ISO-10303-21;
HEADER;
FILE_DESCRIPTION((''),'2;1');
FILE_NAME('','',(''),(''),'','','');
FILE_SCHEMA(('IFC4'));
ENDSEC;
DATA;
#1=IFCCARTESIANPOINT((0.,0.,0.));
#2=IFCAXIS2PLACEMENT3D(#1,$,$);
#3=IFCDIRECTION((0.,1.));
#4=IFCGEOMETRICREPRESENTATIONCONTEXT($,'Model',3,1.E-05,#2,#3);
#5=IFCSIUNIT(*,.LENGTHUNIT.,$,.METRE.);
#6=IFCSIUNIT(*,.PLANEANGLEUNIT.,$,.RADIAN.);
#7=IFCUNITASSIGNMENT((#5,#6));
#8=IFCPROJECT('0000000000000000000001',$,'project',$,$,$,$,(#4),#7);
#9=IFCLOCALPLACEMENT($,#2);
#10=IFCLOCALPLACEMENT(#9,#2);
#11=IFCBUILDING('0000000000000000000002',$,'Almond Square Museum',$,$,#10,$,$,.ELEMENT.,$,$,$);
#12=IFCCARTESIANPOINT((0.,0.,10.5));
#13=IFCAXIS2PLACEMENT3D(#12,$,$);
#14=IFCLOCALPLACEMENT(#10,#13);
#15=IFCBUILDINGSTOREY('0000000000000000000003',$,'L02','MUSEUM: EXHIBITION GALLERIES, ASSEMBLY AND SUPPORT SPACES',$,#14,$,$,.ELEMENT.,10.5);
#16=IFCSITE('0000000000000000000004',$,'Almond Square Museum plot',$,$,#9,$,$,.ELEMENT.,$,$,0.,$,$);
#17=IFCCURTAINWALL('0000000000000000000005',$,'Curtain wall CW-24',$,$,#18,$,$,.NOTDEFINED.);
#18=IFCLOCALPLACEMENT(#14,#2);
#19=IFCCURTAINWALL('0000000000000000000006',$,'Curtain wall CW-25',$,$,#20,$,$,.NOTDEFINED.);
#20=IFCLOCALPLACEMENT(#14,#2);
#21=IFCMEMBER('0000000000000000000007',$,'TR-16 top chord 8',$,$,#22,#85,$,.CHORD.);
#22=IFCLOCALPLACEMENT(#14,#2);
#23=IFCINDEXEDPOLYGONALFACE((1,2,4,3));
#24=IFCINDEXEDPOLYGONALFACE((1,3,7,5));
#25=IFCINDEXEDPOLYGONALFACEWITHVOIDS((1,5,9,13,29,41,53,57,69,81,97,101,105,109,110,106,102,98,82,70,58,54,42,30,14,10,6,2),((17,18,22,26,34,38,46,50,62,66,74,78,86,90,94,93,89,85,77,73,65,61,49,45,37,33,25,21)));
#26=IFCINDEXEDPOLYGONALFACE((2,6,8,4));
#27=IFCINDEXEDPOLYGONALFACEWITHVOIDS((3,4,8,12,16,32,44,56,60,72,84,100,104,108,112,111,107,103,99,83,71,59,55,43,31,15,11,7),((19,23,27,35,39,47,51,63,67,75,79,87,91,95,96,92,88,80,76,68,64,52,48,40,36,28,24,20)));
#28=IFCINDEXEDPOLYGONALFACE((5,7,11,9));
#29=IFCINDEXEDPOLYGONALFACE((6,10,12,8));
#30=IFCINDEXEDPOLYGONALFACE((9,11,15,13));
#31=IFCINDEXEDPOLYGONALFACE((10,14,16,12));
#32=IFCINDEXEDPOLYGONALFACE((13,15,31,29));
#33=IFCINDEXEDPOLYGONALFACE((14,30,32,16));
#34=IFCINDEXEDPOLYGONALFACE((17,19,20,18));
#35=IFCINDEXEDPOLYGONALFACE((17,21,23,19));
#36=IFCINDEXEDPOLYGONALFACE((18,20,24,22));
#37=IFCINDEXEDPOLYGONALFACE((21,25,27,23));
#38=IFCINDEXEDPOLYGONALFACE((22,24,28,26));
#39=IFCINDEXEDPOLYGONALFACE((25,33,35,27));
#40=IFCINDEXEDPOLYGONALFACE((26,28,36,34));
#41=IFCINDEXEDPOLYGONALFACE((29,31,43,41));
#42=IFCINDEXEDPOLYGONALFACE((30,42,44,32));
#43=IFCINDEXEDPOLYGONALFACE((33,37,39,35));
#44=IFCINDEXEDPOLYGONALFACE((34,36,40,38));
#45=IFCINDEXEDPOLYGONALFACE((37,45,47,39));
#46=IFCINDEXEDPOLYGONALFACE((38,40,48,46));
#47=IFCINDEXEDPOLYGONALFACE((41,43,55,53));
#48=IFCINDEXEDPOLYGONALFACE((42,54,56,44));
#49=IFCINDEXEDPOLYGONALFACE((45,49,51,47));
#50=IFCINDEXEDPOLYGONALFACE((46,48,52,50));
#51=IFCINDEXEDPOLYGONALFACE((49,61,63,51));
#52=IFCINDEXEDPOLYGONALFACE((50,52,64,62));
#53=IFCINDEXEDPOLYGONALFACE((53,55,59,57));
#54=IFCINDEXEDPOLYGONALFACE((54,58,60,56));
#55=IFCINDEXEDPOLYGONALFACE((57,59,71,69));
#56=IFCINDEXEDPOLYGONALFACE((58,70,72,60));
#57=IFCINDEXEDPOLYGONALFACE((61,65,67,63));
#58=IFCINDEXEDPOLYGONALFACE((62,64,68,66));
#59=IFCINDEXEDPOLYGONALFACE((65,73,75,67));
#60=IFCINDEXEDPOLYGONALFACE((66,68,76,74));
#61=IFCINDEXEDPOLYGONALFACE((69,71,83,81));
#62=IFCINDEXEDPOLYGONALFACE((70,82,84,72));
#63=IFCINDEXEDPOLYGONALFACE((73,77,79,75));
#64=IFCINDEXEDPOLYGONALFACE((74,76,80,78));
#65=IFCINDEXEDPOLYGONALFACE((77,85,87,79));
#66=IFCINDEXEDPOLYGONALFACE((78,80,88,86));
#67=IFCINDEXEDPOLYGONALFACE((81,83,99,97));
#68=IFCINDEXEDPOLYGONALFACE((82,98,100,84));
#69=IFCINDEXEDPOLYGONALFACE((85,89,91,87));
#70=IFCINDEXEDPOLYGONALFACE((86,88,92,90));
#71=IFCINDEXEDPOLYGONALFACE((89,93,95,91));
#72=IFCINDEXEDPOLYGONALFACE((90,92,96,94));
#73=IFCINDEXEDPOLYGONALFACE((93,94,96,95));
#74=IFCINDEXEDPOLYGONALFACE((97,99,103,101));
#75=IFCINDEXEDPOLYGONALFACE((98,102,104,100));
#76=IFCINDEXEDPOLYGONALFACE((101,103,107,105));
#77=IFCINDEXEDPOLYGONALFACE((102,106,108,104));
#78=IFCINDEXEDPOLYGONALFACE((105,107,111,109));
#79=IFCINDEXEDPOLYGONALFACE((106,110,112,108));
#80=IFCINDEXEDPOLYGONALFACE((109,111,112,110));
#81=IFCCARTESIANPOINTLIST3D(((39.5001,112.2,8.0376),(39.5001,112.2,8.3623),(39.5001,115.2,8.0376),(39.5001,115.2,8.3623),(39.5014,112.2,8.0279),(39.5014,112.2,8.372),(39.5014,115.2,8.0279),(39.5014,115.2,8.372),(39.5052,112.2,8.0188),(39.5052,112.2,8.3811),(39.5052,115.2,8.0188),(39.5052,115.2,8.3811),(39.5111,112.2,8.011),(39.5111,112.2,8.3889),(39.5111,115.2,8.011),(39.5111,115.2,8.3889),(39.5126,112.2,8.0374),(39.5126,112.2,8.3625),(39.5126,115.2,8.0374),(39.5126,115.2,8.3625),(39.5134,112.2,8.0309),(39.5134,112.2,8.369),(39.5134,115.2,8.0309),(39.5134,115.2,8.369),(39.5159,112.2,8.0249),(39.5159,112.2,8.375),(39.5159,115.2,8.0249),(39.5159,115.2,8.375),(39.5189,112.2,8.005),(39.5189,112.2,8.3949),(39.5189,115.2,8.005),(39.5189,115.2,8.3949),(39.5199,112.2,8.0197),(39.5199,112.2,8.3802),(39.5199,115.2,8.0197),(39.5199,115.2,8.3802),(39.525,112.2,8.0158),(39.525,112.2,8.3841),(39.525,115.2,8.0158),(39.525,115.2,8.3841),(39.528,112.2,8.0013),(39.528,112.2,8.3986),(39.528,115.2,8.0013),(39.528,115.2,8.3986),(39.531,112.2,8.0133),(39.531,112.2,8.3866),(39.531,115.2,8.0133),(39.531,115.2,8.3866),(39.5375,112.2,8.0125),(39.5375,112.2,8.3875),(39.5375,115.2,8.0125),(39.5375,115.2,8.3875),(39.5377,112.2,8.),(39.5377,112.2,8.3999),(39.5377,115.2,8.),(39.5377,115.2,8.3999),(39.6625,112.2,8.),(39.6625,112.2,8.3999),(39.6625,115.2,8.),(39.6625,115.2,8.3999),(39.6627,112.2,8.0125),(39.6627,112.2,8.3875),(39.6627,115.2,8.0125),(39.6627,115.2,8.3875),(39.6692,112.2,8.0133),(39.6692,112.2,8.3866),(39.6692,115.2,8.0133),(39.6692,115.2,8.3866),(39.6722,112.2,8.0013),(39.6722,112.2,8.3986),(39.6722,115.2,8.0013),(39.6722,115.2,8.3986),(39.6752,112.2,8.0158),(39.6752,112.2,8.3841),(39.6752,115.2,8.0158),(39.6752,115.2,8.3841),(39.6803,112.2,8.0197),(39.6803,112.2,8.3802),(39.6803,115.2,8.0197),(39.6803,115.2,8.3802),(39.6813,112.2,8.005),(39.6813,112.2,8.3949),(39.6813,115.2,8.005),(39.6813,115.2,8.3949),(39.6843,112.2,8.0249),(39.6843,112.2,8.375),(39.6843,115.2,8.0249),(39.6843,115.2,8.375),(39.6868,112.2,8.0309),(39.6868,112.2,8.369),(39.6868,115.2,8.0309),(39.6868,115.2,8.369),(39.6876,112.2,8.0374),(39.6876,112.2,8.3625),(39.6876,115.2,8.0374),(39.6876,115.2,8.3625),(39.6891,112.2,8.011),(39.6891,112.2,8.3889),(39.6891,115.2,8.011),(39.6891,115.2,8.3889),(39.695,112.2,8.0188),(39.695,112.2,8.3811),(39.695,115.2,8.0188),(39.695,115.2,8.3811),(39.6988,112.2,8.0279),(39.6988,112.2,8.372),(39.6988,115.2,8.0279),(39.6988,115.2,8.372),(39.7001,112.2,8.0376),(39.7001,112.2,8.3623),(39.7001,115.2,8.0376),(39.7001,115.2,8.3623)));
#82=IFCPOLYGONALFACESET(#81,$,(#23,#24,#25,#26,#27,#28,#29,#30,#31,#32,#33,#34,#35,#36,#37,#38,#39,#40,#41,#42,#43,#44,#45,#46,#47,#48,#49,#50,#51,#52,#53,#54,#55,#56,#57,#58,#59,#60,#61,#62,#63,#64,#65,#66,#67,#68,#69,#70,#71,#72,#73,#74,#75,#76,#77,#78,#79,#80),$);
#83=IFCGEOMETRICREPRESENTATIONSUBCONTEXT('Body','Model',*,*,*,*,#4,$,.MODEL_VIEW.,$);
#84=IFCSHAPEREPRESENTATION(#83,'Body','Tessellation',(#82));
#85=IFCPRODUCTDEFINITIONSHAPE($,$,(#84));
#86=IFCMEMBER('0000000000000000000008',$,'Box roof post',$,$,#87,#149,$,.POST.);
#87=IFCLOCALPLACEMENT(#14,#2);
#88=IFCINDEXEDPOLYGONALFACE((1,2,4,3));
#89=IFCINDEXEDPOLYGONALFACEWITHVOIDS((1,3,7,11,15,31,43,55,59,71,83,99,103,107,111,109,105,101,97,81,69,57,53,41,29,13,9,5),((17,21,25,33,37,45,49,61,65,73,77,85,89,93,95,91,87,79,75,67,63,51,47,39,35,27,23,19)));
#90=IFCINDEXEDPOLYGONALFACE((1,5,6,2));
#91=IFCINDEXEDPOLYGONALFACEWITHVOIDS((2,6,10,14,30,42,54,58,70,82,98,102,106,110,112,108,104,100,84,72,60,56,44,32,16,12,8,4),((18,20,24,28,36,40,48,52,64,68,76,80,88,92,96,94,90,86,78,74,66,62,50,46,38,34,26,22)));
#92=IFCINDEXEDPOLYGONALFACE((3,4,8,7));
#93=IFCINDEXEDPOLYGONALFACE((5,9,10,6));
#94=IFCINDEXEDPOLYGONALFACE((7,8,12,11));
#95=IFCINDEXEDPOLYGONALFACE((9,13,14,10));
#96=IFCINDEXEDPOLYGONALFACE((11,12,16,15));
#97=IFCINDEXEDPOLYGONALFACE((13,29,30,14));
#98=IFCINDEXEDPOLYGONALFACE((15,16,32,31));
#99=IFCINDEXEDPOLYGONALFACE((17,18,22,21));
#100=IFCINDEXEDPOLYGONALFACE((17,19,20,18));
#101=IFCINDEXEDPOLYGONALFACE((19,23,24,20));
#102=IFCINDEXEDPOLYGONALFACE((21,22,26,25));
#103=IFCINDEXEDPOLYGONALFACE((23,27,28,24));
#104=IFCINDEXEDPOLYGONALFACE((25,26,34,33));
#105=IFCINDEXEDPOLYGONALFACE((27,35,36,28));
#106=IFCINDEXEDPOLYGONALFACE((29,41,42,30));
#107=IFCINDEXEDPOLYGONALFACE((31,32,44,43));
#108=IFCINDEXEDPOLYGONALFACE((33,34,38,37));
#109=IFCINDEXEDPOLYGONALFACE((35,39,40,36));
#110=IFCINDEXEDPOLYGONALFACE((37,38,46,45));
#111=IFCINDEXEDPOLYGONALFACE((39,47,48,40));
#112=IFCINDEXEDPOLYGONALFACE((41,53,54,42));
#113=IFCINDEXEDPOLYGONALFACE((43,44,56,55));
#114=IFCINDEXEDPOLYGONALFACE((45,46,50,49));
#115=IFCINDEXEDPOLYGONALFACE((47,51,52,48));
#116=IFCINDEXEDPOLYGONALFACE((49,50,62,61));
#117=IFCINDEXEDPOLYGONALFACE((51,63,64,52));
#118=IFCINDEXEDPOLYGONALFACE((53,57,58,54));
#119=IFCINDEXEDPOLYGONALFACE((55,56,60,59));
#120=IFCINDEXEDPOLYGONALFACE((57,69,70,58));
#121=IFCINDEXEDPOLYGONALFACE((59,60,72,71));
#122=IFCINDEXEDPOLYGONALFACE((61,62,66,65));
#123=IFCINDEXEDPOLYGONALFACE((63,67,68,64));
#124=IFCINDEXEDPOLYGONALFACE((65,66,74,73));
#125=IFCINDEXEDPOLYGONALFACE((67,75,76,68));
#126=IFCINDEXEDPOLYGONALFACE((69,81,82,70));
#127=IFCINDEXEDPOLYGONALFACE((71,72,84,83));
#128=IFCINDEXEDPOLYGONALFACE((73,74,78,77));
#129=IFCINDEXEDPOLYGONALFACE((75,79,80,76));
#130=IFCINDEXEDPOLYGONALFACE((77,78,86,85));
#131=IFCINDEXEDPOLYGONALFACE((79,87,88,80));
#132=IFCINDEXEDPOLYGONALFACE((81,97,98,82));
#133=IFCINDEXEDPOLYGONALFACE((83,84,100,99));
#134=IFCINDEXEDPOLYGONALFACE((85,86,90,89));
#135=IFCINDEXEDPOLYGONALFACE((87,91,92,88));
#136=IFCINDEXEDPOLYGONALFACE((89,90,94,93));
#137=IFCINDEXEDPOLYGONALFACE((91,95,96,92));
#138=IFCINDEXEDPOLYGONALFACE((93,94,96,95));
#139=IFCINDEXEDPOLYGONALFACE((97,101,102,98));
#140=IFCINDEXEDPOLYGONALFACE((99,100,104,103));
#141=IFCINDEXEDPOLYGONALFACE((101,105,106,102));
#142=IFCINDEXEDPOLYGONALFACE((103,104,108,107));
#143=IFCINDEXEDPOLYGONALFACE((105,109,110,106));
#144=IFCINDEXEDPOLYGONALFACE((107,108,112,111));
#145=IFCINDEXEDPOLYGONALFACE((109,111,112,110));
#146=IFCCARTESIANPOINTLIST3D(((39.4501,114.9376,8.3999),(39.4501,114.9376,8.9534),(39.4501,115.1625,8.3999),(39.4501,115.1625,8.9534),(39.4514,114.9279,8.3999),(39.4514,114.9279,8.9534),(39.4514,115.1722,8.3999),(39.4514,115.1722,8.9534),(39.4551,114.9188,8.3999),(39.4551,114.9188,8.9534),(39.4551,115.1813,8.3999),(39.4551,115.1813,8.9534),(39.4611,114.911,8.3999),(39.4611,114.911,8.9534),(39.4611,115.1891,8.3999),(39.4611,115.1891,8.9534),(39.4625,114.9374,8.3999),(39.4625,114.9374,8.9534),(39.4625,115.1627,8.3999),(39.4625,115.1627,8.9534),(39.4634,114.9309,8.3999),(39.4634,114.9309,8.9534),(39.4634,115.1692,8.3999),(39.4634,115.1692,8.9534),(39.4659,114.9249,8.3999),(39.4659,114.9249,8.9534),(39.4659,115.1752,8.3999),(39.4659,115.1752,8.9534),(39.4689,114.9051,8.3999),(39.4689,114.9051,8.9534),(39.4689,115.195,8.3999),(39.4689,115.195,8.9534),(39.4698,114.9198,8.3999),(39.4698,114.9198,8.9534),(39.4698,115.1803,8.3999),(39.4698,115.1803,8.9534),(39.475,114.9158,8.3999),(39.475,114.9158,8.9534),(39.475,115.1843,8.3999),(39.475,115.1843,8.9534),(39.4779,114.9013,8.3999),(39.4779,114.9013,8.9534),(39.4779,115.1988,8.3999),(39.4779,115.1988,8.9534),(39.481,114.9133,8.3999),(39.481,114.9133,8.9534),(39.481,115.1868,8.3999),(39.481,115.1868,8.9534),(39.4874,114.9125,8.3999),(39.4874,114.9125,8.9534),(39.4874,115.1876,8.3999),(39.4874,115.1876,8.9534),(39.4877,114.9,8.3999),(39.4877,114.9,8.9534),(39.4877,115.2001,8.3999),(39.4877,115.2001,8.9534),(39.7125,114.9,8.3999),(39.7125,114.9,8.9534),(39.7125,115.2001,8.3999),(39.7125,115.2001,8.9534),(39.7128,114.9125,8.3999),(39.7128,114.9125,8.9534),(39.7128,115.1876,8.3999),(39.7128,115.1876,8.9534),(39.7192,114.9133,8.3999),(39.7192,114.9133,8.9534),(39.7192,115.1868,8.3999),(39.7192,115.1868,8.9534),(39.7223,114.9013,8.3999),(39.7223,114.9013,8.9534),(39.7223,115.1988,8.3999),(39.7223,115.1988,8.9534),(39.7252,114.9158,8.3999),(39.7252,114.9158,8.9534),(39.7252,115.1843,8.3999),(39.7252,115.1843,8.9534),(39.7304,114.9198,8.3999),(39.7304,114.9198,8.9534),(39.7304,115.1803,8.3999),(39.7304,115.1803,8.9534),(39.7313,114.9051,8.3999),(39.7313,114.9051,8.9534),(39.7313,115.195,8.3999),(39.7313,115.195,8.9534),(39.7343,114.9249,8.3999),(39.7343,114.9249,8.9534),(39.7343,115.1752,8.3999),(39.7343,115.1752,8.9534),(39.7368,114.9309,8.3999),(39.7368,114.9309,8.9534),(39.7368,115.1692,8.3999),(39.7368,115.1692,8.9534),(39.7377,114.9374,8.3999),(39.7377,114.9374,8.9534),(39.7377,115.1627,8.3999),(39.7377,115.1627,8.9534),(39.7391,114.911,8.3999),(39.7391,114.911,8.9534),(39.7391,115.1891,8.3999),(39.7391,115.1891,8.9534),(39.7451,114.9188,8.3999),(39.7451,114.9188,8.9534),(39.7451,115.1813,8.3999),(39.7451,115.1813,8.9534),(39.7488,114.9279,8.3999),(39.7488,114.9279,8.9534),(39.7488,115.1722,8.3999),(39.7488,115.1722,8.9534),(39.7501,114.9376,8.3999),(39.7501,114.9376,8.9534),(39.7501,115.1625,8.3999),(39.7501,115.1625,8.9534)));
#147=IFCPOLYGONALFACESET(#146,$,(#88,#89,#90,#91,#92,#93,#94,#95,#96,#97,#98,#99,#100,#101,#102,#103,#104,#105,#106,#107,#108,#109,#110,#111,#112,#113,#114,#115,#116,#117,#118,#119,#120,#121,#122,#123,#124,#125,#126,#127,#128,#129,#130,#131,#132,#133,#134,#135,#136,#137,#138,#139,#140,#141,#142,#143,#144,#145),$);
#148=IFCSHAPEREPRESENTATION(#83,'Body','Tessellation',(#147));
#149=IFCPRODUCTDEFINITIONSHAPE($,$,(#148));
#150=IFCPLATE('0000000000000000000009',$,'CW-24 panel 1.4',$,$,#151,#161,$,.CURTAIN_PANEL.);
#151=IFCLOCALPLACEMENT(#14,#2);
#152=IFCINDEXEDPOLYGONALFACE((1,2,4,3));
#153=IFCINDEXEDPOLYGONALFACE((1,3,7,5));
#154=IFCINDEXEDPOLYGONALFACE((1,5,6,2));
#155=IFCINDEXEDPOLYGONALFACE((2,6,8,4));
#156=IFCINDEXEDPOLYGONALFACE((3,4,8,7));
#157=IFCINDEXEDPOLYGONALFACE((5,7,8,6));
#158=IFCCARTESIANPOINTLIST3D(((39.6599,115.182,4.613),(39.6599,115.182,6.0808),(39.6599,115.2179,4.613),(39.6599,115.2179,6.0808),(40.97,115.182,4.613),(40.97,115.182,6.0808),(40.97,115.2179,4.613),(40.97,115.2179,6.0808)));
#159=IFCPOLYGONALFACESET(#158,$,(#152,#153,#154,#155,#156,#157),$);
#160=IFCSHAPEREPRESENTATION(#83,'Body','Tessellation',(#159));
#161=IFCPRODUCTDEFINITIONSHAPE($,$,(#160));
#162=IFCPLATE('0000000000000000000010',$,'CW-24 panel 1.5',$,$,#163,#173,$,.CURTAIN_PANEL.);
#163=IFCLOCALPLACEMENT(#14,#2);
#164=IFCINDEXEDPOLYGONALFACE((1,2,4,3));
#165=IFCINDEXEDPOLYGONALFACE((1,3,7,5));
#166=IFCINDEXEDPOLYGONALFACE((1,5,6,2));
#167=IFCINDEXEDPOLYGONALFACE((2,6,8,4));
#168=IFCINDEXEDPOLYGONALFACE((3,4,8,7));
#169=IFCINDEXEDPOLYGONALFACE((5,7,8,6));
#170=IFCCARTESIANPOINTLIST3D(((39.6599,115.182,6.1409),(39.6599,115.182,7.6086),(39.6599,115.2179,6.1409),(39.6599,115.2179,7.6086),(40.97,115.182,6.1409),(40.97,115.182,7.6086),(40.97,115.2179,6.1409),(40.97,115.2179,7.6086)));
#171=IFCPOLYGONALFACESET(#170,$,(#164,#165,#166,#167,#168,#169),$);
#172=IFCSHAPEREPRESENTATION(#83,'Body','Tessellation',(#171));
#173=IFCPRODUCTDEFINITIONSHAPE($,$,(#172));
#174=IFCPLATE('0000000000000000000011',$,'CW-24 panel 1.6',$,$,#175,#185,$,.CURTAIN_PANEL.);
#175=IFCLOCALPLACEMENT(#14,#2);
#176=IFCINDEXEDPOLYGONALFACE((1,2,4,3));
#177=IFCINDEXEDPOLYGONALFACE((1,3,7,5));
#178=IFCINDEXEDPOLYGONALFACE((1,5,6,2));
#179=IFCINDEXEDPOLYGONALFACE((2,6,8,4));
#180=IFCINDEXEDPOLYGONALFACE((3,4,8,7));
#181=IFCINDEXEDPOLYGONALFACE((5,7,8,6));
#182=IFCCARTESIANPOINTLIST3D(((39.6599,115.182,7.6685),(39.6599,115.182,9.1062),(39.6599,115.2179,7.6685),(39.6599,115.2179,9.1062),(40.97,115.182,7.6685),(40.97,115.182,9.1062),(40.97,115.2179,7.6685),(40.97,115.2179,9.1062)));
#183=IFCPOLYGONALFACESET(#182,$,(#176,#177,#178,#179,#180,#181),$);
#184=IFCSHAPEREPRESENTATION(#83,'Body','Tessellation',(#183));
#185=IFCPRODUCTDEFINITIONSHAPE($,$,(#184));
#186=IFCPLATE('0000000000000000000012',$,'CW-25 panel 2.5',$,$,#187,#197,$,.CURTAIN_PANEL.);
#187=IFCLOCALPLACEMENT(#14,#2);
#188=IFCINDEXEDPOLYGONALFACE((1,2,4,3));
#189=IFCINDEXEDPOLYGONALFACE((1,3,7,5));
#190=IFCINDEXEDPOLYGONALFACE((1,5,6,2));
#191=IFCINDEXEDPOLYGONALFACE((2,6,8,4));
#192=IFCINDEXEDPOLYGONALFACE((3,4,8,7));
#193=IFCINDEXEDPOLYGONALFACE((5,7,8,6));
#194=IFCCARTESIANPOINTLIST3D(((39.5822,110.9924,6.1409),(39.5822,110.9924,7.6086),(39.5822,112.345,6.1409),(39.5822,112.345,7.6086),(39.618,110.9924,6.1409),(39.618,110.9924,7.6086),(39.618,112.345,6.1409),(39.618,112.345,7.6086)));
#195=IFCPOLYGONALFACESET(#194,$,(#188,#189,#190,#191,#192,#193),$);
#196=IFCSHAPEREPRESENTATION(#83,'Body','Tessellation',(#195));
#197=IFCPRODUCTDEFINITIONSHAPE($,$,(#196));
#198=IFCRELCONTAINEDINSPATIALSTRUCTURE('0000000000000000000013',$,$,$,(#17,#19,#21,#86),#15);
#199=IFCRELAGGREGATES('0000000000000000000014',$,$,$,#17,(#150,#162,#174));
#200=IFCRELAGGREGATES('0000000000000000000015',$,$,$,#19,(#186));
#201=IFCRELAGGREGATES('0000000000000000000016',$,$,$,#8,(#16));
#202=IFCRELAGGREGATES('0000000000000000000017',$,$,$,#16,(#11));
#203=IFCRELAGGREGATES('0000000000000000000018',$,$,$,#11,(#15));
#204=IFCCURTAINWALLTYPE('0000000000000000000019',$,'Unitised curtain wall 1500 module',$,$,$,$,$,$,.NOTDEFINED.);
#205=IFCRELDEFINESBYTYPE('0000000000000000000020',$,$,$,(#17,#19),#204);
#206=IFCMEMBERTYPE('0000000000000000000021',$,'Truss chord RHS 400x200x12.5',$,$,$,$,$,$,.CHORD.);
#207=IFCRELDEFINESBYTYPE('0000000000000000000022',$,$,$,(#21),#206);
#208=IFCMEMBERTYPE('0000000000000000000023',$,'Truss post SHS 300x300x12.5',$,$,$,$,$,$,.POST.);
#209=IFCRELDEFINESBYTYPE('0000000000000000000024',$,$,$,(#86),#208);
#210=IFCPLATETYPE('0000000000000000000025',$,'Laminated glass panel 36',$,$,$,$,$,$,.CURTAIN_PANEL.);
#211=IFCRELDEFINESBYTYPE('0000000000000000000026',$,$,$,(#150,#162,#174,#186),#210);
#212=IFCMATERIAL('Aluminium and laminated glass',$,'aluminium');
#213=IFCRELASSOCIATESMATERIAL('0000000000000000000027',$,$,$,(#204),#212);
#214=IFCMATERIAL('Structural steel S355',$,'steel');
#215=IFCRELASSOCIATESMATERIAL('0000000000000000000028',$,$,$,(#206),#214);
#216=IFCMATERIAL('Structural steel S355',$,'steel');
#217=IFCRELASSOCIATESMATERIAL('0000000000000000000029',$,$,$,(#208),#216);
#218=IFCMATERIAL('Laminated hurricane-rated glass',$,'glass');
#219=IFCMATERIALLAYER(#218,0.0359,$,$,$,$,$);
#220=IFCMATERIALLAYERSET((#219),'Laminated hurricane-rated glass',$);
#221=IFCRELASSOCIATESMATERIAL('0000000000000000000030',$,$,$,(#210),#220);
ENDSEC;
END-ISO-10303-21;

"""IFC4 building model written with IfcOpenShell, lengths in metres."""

from ifc_helpers import new_model, si_unit, direction, frame, origin, origin_2d, place, context, subcontext, project, spatial, rectangle, hollow_rectangle, extrude, material, layer, layer_set, material_profile, profile_set, type_object, element, aggregate, save


model = new_model("IFC4")

# Units and contexts
model_context = context("Model", 3, precision=1e-05, world=origin(), true_north=direction((0.0, 1.0)))
body_context = subcontext(model_context, "Body", "Model", "MODEL_VIEW")
ifc_project = project(units=[si_unit("LENGTHUNIT", "METRE"), si_unit("PLANEANGLEUNIT", "RADIAN")], contexts=[model_context])

# Site, building, storey
site_placement = place(None, origin())
site = spatial("IfcSite", under=ifc_project, at=site_placement, Name="Almond Square Museum plot", CompositionType="ELEMENT", RefElevation=0.0)
building_placement = place(site_placement, origin())
building = spatial("IfcBuilding", under=site, at=building_placement, Name="Almond Square Museum", CompositionType="ELEMENT")
storey_placement = place(building_placement, frame((0.0, 0.0, 10.5)))
storey = spatial("IfcBuildingStorey", under=building, at=storey_placement, Name="L02", Description="MUSEUM: EXHIBITION GALLERIES, ASSEMBLY AND SUPPORT SPACES", CompositionType="ELEMENT", Elevation=10.5)

# Curtain walls
ifc_material_1 = material(Name="Aluminium and laminated glass", Category="aluminium")
curtain_wall_type = type_object("IfcCurtainWallType", Name="Unitised curtain wall 1500 module", PredefinedType="NOTDEFINED", material=ifc_material_1)
curtain_wall_1_placement = place(storey_placement, origin())
curtain_wall_1 = element("IfcCurtainWall", 1, at=curtain_wall_1_placement, inside=storey, type_object=curtain_wall_type, Name="Curtain wall CW-24", PredefinedType="NOTDEFINED")
curtain_wall_2_placement = place(storey_placement, origin())
curtain_wall_2 = element("IfcCurtainWall", 2, at=curtain_wall_2_placement, inside=storey, type_object=curtain_wall_type, Name="Curtain wall CW-25", PredefinedType="NOTDEFINED")

# Members
ifc_material_2 = material(Name="Structural steel S355", Category="steel")
ifc_material_profile_1 = material_profile(ifc_material_2, hollow_rectangle(XDim=0.2, YDim=0.3999, WallThickness=0.0125, InnerFilletRadius=0.0249, OuterFilletRadius=0.0376, at=origin_2d()))
ifc_profile_set_1 = profile_set([ifc_material_profile_1], Name="Structural steel S355")
member_type_1 = type_object("IfcMemberType", Name="Truss chord RHS 400x200x12.5", PredefinedType="CHORD", material=ifc_profile_set_1)
member_1_placement = place(storey_placement, frame((39.6001, 112.2, 8.2), z_axis=(0.0, 1.0, 0.0), x_axis=(-1.0, 0.0, 0.0)))
element("IfcMember", 3, at=member_1_placement, inside=storey, type_object=member_type_1, Name="TR-16 top chord 8", PredefinedType="CHORD", context=body_context, shape_type="SweptSolid", body=[
    extrude(hollow_rectangle(XDim=0.2, YDim=0.3999, WallThickness=0.0125, InnerFilletRadius=0.0249, OuterFilletRadius=0.0376, at=origin_2d()), origin(), (0.0, 0.0, 1.0), 3.0),
])
ifc_material_3 = material(Name="Structural steel S355", Category="steel")
ifc_material_profile_2 = material_profile(ifc_material_3, hollow_rectangle(XDim=0.3, YDim=0.3, WallThickness=0.0125, InnerFilletRadius=0.0249, OuterFilletRadius=0.0376, at=origin_2d()))
ifc_profile_set_2 = profile_set([ifc_material_profile_2], Name="Structural steel S355")
member_type_2 = type_object("IfcMemberType", Name="Truss post SHS 300x300x12.5", PredefinedType="POST", material=ifc_profile_set_2)
member_2_placement = place(storey_placement, frame((39.6001, 115.05, 8.3999), z_axis=(0.0, 0.0, 1.0), x_axis=(1.0, 0.0, 0.0)))
element("IfcMember", 4, at=member_2_placement, inside=storey, type_object=member_type_2, Name="Box roof post", PredefinedType="POST", context=body_context, shape_type="SweptSolid", body=[
    extrude(hollow_rectangle(XDim=0.3, YDim=0.3, WallThickness=0.0125, InnerFilletRadius=0.0249, OuterFilletRadius=0.0376, at=origin_2d()), origin(), (0.0, 0.0, 1.0), 0.5535),
])

# Plates
ifc_material_4 = material(Name="Laminated hurricane-rated glass", Category="glass")
ifc_layer_1 = layer(ifc_material_4, 0.0359)
ifc_layer_set_1 = layer_set([ifc_layer_1], Name="Laminated hurricane-rated glass")
plate_type = type_object("IfcPlateType", Name="Laminated glass panel 36", PredefinedType="CURTAIN_PANEL", material=ifc_layer_set_1)
plate_1_placement = place(storey_placement, frame((40.3149, 115.2, 4.613), z_axis=(0.0, 0.0, 1.0), x_axis=(1.0, 0.0, 0.0)))
plate_1 = element("IfcPlate", 5, at=plate_1_placement, type_object=plate_type, Name="CW-24 panel 1.4", PredefinedType="CURTAIN_PANEL", context=body_context, shape_type="SweptSolid", body=[
    extrude(rectangle(XDim=1.3101, YDim=0.0359, at=origin_2d()), origin(), (0.0, 0.0, 1.0), 1.4678),
])
plate_2_placement = place(storey_placement, frame((40.3149, 115.2, 6.1409), z_axis=(0.0, 0.0, 1.0), x_axis=(1.0, 0.0, 0.0)))
plate_2 = element("IfcPlate", 6, at=plate_2_placement, type_object=plate_type, Name="CW-24 panel 1.5", PredefinedType="CURTAIN_PANEL", context=body_context, shape_type="SweptSolid", body=[
    extrude(rectangle(XDim=1.3101, YDim=0.0359, at=origin_2d()), origin(), (0.0, 0.0, 1.0), 1.4678),
])
plate_3_placement = place(storey_placement, frame((40.3149, 115.2, 7.6685), z_axis=(0.0, 0.0, 1.0), x_axis=(1.0, 0.0, 0.0)))
plate_3 = element("IfcPlate", 7, at=plate_3_placement, type_object=plate_type, Name="CW-24 panel 1.6", PredefinedType="CURTAIN_PANEL", context=body_context, shape_type="SweptSolid", body=[
    extrude(rectangle(XDim=1.3101, YDim=0.0359, at=origin_2d()), origin(), (0.0, 0.0, 1.0), 1.4377),
])
aggregate(curtain_wall_1, [plate_1, plate_2, plate_3])
plate_4_placement = place(storey_placement, frame((39.6001, 111.6687, 6.1409), z_axis=(0.0, 0.0, 1.0), x_axis=(0.0, 1.0, 0.0)))
plate_4 = element("IfcPlate", 8, at=plate_4_placement, type_object=plate_type, Name="CW-25 panel 2.5", PredefinedType="CURTAIN_PANEL", context=body_context, shape_type="SweptSolid", body=[
    extrude(rectangle(XDim=1.3525, YDim=0.0359, at=origin_2d()), origin(), (0.0, 0.0, 1.0), 1.4678),
])
aggregate(curtain_wall_2, [plate_4])

save(model, "model.ifc")
